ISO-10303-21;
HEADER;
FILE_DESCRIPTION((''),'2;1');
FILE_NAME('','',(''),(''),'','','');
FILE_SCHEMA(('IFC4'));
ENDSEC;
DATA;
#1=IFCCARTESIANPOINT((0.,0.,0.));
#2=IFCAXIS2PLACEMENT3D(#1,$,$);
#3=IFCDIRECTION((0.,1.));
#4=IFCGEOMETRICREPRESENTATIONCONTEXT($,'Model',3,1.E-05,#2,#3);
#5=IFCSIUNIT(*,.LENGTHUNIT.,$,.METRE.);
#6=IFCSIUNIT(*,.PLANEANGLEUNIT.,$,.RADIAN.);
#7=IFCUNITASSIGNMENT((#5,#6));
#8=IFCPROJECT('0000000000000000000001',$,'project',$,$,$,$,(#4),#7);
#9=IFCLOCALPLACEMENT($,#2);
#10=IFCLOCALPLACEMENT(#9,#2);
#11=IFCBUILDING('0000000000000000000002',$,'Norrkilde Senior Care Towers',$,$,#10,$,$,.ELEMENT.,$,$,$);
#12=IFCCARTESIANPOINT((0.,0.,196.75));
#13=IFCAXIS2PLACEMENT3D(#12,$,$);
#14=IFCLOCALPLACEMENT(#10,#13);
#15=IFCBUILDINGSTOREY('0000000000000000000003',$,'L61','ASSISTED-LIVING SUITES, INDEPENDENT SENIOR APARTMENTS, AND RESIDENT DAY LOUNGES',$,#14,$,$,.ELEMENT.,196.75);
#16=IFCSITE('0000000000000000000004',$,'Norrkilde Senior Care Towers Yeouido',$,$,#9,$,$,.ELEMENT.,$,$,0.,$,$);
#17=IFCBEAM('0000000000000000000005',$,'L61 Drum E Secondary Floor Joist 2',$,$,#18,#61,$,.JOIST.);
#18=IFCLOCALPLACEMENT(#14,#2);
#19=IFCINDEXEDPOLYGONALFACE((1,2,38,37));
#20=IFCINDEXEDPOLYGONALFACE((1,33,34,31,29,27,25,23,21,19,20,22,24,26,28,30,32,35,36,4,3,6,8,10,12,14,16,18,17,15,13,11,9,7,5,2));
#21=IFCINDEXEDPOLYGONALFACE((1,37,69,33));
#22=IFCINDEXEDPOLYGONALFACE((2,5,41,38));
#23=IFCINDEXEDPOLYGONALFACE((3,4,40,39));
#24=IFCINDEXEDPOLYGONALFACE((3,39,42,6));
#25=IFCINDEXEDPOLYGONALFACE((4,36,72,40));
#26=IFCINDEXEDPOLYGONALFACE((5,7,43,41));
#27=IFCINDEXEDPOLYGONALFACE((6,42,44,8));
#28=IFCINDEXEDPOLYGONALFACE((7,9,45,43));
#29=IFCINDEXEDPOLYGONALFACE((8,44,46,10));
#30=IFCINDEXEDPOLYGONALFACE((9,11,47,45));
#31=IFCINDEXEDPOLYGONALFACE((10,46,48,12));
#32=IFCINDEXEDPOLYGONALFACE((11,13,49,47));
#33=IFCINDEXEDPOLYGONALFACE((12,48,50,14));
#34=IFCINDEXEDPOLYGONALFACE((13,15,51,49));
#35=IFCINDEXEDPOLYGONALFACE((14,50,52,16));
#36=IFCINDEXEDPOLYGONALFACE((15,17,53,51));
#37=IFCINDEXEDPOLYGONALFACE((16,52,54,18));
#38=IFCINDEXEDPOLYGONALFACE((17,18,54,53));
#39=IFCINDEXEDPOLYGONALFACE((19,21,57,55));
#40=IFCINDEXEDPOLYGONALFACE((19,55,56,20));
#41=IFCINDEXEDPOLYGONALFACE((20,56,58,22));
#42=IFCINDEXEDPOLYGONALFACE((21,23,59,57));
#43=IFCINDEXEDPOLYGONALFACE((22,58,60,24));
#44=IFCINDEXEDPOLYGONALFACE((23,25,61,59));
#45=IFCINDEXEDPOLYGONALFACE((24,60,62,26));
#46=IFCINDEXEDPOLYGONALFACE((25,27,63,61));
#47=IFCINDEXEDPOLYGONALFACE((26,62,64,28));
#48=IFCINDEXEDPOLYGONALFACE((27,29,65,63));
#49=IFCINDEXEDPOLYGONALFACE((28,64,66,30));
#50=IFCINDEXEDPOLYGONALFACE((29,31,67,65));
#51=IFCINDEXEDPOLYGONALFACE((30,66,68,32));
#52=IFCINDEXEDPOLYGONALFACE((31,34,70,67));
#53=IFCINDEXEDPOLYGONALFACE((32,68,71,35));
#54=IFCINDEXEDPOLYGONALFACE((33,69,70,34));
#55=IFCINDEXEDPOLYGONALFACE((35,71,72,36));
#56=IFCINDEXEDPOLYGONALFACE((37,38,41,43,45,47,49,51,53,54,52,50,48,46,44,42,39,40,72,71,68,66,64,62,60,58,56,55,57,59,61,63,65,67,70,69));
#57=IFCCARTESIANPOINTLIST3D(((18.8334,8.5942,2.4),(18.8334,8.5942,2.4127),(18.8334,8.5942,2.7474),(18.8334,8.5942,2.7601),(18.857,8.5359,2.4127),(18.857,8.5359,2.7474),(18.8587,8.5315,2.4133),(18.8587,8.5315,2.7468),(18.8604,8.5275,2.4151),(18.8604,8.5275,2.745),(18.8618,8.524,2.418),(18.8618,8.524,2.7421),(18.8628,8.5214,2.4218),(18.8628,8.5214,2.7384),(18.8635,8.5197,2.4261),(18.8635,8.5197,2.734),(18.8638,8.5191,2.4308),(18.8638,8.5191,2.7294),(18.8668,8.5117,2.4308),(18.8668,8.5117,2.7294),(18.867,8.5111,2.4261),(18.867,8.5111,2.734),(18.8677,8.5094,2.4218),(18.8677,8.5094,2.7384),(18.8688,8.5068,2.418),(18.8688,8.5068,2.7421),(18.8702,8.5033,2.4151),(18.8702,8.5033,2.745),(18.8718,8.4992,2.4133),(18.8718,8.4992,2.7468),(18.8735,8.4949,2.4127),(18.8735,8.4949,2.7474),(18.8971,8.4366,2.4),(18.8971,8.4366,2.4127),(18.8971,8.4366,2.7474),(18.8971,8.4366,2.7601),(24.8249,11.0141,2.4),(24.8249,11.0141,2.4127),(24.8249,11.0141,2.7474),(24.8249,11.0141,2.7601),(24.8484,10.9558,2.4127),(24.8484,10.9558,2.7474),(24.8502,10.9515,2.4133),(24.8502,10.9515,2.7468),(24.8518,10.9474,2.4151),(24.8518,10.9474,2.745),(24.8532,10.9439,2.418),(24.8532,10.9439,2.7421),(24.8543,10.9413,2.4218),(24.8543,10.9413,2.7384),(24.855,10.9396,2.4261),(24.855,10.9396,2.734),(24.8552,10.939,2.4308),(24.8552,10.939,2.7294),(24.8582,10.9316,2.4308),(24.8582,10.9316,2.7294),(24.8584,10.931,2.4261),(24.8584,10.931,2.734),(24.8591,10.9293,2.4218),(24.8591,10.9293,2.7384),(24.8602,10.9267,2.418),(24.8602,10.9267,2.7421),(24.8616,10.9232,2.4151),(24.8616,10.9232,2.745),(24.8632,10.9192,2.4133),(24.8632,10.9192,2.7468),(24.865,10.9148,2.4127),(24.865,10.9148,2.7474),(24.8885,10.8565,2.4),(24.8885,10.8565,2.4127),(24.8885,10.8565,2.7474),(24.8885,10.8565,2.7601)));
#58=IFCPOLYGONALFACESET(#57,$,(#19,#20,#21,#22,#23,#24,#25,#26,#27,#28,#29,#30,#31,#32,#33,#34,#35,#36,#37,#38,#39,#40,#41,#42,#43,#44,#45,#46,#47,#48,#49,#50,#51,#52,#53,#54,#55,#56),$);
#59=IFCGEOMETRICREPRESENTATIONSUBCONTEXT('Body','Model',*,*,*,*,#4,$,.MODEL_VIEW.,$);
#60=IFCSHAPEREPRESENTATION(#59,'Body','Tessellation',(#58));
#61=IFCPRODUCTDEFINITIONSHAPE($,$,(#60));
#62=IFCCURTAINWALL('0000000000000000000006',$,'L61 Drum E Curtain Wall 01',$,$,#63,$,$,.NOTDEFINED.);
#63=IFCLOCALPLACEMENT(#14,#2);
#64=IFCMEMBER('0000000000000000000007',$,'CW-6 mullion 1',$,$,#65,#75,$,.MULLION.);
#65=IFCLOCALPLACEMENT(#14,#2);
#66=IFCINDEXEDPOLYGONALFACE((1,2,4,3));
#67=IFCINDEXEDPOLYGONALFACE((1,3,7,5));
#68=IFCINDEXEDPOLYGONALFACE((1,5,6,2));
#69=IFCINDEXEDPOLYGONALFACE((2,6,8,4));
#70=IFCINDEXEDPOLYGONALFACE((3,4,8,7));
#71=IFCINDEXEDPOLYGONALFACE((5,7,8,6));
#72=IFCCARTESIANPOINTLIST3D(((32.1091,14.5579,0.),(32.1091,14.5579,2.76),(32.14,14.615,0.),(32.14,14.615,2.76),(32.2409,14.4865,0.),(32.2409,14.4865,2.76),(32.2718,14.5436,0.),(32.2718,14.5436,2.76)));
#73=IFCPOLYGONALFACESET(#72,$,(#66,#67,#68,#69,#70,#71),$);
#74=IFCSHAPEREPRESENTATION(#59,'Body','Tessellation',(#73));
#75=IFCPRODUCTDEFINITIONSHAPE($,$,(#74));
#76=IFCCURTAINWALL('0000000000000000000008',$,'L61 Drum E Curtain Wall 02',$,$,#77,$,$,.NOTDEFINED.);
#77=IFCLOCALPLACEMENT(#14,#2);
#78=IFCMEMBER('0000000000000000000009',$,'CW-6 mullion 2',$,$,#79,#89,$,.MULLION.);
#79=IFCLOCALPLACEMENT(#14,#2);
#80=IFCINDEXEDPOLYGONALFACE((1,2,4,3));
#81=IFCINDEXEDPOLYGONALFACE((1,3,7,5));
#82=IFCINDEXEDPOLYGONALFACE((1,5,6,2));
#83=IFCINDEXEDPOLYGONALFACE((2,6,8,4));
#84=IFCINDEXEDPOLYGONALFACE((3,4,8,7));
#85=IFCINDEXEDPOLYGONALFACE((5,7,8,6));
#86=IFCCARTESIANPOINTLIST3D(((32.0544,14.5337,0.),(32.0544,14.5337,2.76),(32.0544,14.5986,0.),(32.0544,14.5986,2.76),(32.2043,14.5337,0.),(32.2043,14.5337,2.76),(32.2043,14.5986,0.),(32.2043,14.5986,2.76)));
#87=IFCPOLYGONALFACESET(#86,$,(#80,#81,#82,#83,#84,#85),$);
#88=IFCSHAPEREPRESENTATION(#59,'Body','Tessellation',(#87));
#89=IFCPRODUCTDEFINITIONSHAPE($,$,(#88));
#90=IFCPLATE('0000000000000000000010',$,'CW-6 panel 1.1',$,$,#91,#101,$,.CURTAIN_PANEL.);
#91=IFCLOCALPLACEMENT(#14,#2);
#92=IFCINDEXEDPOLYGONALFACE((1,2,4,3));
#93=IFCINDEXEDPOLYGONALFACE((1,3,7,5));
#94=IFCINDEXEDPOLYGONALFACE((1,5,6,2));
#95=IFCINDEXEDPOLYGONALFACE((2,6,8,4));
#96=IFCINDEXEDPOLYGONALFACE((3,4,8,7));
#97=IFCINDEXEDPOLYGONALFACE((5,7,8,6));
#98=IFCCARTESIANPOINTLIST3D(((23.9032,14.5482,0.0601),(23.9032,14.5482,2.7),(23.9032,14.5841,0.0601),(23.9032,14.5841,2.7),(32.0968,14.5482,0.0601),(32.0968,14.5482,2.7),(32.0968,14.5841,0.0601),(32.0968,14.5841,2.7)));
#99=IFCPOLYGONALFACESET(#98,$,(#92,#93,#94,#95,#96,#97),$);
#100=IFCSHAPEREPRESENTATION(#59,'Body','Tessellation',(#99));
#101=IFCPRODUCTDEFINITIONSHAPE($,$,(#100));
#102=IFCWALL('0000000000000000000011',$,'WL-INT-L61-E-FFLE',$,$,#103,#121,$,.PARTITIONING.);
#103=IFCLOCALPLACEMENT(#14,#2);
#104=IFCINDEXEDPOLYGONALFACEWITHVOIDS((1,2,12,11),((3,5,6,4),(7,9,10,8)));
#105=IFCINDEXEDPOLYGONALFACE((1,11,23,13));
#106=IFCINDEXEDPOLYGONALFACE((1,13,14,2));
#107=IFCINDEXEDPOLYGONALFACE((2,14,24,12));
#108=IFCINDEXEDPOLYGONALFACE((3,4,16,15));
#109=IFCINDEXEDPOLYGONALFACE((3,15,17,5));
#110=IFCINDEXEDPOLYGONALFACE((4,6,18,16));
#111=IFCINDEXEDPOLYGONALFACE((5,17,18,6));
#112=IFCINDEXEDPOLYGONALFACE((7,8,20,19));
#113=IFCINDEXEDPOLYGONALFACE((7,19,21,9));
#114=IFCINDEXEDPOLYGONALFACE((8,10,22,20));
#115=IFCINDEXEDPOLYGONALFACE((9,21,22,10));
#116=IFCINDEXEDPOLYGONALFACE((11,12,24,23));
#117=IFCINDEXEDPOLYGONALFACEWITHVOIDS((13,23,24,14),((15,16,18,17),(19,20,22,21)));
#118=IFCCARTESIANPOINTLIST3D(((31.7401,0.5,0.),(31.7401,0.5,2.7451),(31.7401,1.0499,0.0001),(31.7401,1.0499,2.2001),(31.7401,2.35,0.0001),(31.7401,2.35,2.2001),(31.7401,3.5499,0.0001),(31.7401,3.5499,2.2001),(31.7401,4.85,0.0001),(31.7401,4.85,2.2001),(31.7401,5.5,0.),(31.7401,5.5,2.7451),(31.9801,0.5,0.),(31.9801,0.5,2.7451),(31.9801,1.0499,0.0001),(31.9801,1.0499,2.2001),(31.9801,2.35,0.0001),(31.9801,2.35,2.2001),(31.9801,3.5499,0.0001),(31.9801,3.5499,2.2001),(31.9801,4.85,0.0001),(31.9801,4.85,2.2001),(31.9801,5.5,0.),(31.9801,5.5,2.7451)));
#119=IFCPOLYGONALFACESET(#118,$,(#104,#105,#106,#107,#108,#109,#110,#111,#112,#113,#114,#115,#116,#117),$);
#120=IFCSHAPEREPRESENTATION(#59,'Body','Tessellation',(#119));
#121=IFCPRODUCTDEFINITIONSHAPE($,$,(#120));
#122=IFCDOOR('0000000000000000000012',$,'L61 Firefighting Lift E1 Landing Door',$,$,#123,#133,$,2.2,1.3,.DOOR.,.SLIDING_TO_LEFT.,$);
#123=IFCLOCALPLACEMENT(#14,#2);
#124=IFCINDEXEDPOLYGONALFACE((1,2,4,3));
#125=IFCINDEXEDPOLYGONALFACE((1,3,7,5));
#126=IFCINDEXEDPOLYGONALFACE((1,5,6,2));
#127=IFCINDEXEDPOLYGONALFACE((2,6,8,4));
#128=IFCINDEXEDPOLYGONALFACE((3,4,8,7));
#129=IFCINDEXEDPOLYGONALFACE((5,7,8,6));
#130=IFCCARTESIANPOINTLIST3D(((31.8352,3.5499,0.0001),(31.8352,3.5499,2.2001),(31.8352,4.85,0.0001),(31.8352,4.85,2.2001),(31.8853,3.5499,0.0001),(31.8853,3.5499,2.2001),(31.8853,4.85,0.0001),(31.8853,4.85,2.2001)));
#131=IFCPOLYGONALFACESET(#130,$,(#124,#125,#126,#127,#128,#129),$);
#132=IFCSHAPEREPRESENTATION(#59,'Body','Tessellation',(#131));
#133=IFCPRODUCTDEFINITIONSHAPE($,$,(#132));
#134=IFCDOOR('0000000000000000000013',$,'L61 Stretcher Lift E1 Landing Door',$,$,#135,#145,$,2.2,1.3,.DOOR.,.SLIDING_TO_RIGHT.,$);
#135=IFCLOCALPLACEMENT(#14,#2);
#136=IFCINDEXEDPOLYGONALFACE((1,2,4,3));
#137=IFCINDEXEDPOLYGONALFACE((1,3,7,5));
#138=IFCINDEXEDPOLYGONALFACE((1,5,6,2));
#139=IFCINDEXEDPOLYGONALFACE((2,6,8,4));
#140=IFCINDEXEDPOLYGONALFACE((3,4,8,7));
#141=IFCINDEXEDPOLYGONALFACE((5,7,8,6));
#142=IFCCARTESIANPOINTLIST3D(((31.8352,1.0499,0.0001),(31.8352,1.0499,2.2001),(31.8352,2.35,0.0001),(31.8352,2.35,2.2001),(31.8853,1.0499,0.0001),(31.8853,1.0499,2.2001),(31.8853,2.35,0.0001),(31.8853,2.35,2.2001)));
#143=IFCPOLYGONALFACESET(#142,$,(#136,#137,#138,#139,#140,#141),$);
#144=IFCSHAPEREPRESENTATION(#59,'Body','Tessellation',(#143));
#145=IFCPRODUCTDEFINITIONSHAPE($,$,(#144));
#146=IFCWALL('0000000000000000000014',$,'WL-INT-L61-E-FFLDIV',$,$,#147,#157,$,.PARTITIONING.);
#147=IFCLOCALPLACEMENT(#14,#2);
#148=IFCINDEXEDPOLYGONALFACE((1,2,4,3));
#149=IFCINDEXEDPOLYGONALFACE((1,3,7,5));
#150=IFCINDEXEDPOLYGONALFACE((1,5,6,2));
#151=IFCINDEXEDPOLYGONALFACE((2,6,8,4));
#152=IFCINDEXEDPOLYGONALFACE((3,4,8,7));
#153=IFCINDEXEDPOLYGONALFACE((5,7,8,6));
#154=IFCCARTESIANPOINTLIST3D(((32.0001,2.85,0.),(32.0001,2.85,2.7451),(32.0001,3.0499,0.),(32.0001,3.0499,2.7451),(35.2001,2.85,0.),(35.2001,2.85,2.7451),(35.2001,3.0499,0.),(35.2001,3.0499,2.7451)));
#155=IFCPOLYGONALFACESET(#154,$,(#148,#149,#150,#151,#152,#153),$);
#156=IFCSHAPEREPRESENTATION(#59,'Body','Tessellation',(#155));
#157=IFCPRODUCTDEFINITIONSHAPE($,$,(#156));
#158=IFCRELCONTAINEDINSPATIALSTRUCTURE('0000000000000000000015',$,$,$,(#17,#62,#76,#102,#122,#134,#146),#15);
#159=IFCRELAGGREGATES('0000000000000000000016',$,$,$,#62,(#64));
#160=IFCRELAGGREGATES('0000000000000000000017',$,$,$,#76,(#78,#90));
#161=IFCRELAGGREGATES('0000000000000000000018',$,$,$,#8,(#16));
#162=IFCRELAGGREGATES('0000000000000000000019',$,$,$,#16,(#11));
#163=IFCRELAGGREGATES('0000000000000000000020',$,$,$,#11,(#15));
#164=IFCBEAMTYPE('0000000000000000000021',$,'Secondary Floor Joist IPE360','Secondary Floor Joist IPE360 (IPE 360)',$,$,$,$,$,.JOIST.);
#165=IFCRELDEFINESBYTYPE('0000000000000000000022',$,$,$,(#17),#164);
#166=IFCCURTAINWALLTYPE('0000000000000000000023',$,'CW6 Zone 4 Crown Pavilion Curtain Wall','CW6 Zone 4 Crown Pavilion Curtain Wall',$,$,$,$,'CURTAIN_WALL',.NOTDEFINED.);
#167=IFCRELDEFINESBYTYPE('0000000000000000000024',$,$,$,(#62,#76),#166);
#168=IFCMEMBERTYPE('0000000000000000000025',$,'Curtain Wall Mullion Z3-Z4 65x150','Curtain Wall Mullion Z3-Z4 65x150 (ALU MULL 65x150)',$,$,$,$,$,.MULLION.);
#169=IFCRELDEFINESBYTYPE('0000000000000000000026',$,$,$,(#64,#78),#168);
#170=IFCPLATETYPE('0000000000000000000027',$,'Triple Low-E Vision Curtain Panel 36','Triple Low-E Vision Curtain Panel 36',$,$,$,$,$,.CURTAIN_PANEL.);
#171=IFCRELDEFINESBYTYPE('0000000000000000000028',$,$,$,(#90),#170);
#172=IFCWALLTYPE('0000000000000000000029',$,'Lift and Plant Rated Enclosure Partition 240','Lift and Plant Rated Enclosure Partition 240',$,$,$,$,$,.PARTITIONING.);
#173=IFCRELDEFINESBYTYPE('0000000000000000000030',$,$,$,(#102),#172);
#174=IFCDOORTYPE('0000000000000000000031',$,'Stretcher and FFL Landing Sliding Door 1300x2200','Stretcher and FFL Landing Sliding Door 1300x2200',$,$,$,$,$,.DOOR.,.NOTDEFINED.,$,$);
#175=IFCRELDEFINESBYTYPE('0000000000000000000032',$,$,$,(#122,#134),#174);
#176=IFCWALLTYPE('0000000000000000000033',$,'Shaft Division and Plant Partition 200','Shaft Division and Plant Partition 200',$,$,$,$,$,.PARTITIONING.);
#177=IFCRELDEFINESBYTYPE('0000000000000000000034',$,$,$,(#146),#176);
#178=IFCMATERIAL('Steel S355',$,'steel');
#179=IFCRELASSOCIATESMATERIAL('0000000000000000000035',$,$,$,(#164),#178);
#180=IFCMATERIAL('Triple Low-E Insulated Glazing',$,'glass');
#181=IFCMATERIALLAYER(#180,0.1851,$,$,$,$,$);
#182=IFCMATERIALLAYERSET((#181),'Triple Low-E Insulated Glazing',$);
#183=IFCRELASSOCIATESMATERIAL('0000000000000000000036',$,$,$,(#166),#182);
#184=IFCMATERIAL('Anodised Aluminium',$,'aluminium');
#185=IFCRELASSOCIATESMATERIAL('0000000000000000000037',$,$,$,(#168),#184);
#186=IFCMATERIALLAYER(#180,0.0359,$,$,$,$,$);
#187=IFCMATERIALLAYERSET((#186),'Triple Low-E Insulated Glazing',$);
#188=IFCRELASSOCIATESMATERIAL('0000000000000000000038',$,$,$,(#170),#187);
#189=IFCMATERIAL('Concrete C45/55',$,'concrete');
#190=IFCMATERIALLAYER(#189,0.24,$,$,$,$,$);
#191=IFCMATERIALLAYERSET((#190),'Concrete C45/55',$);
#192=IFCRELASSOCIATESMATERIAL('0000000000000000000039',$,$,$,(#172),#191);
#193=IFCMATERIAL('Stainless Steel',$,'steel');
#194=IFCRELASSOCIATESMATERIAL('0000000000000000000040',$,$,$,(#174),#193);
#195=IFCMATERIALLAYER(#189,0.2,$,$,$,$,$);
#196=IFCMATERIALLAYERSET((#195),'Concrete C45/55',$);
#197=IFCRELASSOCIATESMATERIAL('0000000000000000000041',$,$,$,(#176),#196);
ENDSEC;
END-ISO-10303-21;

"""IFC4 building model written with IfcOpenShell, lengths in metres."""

from ifc_helpers import new_model, si_unit, direction, frame, frame_2d, origin, origin_2d, place, context, subcontext, project, spatial, rectangle, i_section, extrude, source, transform, mapped, material, layer, layer_set, material_profile, profile_set, type_object, type_shapes, element, fill, aggregate, save


model = new_model("IFC4")

# Units and contexts
model_context = context("Model", 3, precision=1e-05, world=origin(), true_north=direction((0.0, 1.0)))
body_context = subcontext(model_context, "Body", "Model", "MODEL_VIEW")
ifc_project = project(units=[si_unit("LENGTHUNIT", "METRE"), si_unit("PLANEANGLEUNIT", "RADIAN")], contexts=[model_context])

# Site, building, storey
site_placement = place(None, origin())
site = spatial("IfcSite", under=ifc_project, at=site_placement, Name="Norrkilde Senior Care Towers Yeouido", CompositionType="ELEMENT", RefElevation=0.0)
building_placement = place(site_placement, origin())
building = spatial("IfcBuilding", under=site, at=building_placement, Name="Norrkilde Senior Care Towers", CompositionType="ELEMENT")
storey_placement = place(building_placement, frame((0.0, 0.0, 196.75)))
storey = spatial("IfcBuildingStorey", under=building, at=storey_placement, Name="L61", Description="ASSISTED-LIVING SUITES, INDEPENDENT SENIOR APARTMENTS, AND RESIDENT DAY LOUNGES", CompositionType="ELEMENT", Elevation=196.75)

# Beam
ifc_material_1 = material(Name="Steel S355", Category="steel")
ifc_material_profile_1 = material_profile(ifc_material_1, i_section(OverallWidth=0.1699, OverallDepth=0.3601, WebThickness=0.0081, FlangeThickness=0.0127, FilletRadius=0.0181, at=origin_2d()), Name="IPE 360")
ifc_profile_set_1 = profile_set([ifc_material_profile_1], Name="Steel S355")
beam_type_1 = type_object("IfcBeamType", Name="Secondary Floor Joist IPE360", Description="Secondary Floor Joist IPE360 (IPE 360)", PredefinedType="JOIST", material=ifc_profile_set_1)
shared_shape_1 = source(origin(), body_context, "Body", "SweptSolid", [
    extrude(i_section(OverallWidth=0.1699, OverallDepth=0.3601, WebThickness=0.0081, FlangeThickness=0.0127, FilletRadius=0.0181, at=origin_2d()), origin(), (0.0, 0.0, 1.0), 6.4617),
])
type_shapes(beam_type_1, [shared_shape_1])
beam_1_placement = place(storey_placement, frame((24.8567, 10.9353, 2.5801), z_axis=(-0.927226, -0.374502, 0.0), x_axis=(0.374502, -0.927226, 0.0)))
element("IfcBeam", 1, at=beam_1_placement, inside=storey, type_object=beam_type_1, Name="L61 Drum E Secondary Floor Joist 2", PredefinedType="JOIST", context=body_context, shape_type="MappedRepresentation", body=[
    mapped(shared_shape_1, transform((0.0, 0.0, 0.0), x_axis=(1.0, 0.0, 0.0), y_axis=(0.0, 1.0, 0.0), z_axis=(0.0, 0.0, 1.0), scale=1.0)),
])

# Curtain wall, member
ifc_material_2 = material(Name="Triple Low-E Insulated Glazing", Category="glass")
ifc_layer_1 = layer(ifc_material_2, 0.1851)
ifc_layer_set_1 = layer_set([ifc_layer_1], Name="Triple Low-E Insulated Glazing")
curtain_wall_type = type_object("IfcCurtainWallType", Name="CW6 Zone 4 Crown Pavilion Curtain Wall", Description="CW6 Zone 4 Crown Pavilion Curtain Wall", ElementType="CURTAIN_WALL", PredefinedType="NOTDEFINED", material=ifc_layer_set_1)
curtain_wall_1_placement = place(storey_placement, origin())
curtain_wall_1 = element("IfcCurtainWall", 2, at=curtain_wall_1_placement, inside=storey, type_object=curtain_wall_type, Name="L61 Drum E Curtain Wall 01", PredefinedType="NOTDEFINED")
ifc_material_3 = material(Name="Anodised Aluminium", Category="aluminium")
ifc_material_profile_2 = material_profile(ifc_material_3, rectangle(XDim=0.0649, YDim=0.1499, at=origin_2d()), Name="ALU MULL 65x150")
ifc_profile_set_2 = profile_set([ifc_material_profile_2], Name="Anodised Aluminium")
member_type = type_object("IfcMemberType", Name="Curtain Wall Mullion Z3-Z4 65x150", Description="Curtain Wall Mullion Z3-Z4 65x150 (ALU MULL 65x150)", PredefinedType="MULLION", material=ifc_profile_set_2)
shared_shape_2 = source(origin(), body_context, "Body", "SweptSolid", [
    extrude(rectangle(XDim=0.0649, YDim=0.1499, at=origin_2d()), origin(), (0.0, 0.0, 1.0), 2.76),
])
type_shapes(member_type, [shared_shape_2])
member_1_placement = place(storey_placement, frame((32.1904, 14.5508, 0.0), z_axis=(0.0, 0.0, 1.0), x_axis=(0.476133, 0.879373, 0.0)))
member_1 = element("IfcMember", 3, at=member_1_placement, type_object=member_type, Name="CW-6 mullion 1", PredefinedType="MULLION", context=body_context, shape_type="MappedRepresentation", body=[
    mapped(shared_shape_2, transform((0.0, 0.0, 0.0), x_axis=(1.0, 0.0, 0.0), y_axis=(0.0, 1.0, 0.0), z_axis=(0.0, 0.0, 1.0), scale=1.0)),
])
aggregate(curtain_wall_1, [member_1])

# Curtain wall, member, plate
curtain_wall_2_placement = place(storey_placement, origin())
curtain_wall_2 = element("IfcCurtainWall", 4, at=curtain_wall_2_placement, inside=storey, type_object=curtain_wall_type, Name="L61 Drum E Curtain Wall 02", PredefinedType="NOTDEFINED")
member_2_placement = place(storey_placement, frame((32.1294, 14.5662, 0.0), z_axis=(0.0, 0.0, 1.0), x_axis=(0.0, 1.0, 0.0)))
member_2 = element("IfcMember", 5, at=member_2_placement, type_object=member_type, Name="CW-6 mullion 2", PredefinedType="MULLION", context=body_context, shape_type="MappedRepresentation", body=[
    mapped(shared_shape_2, transform((0.0, 0.0, 0.0), x_axis=(1.0, 0.0, 0.0), y_axis=(0.0, 1.0, 0.0), z_axis=(0.0, 0.0, 1.0), scale=1.0)),
])
ifc_layer_2 = layer(ifc_material_2, 0.0359)
ifc_layer_set_2 = layer_set([ifc_layer_2], Name="Triple Low-E Insulated Glazing")
plate_type = type_object("IfcPlateType", Name="Triple Low-E Vision Curtain Panel 36", Description="Triple Low-E Vision Curtain Panel 36", PredefinedType="CURTAIN_PANEL", material=ifc_layer_set_2)
shared_shape_3 = source(origin(), body_context, "Body", "SweptSolid", [
    extrude(rectangle(XDim=8.1936, YDim=0.0359, at=origin_2d()), origin(), (0.0, 0.0, 1.0), 2.6399),
])
type_shapes(plate_type, [shared_shape_3])
plate_placement = place(storey_placement, frame((28.0, 14.5662, 0.0601), z_axis=(0.0, 0.0, 1.0), x_axis=(1.0, 0.0, 0.0)))
plate = element("IfcPlate", 6, at=plate_placement, type_object=plate_type, Name="CW-6 panel 1.1", PredefinedType="CURTAIN_PANEL", context=body_context, shape_type="MappedRepresentation", body=[
    mapped(shared_shape_3, transform((0.0, 0.0, 0.0), x_axis=(1.0, 0.0, 0.0), y_axis=(0.0, 1.0, 0.0), z_axis=(0.0, 0.0, 1.0), scale=1.0)),
])
aggregate(curtain_wall_2, [member_2, plate])

# Shared definitions
ifc_material_4 = material(Name="Concrete C45/55", Category="concrete")

# Wall, openings, doors
ifc_layer_3 = layer(ifc_material_4, 0.24)
ifc_layer_set_3 = layer_set([ifc_layer_3], Name="Concrete C45/55")
wall_type_1 = type_object("IfcWallType", Name="Lift and Plant Rated Enclosure Partition 240", Description="Lift and Plant Rated Enclosure Partition 240", PredefinedType="PARTITIONING", material=ifc_layer_set_3)
shared_shape_4 = source(origin(), body_context, "Body", "SweptSolid", [
    extrude(rectangle(XDim=5.0, YDim=0.24, at=frame_2d((2.5, 0.0))), origin(), (0.0, 0.0, 1.0), 2.7451),
])
type_shapes(wall_type_1, [shared_shape_4])
wall_1_placement = place(storey_placement, frame((31.8601, 0.5, 0.0), z_axis=(0.0, 0.0, 1.0), x_axis=(0.0, 1.0, 0.0)))
wall_1 = element("IfcWall", 7, at=wall_1_placement, inside=storey, type_object=wall_type_1, Name="WL-INT-L61-E-FFLE", PredefinedType="PARTITIONING", context=body_context, shape_type="MappedRepresentation", body=[
    mapped(shared_shape_4, transform((0.0, 0.0, 0.0), x_axis=(1.0, 0.0, 0.0), y_axis=(0.0, 1.0, 0.0), z_axis=(0.0, 0.0, 1.0), scale=1.0)),
])
opening_1_placement = place(wall_1_placement, frame((3.05, 0.0, 0.0)))
opening_1 = element("IfcOpeningElement", 8, at=opening_1_placement, cuts=wall_1, PredefinedType="OPENING", context=body_context, shape_type="SweptSolid", body=[
    extrude(rectangle(XDim=1.3, YDim=2.2, at=frame_2d((0.6499, 1.1001))), frame((0.0, 0.1299, 0.0), z_axis=(0.0, -1.0, 0.0), x_axis=(1.0, 0.0, 0.0)), (0.0, 0.0, 1.0), 0.26),
])
opening_2_placement = place(wall_1_placement, frame((0.55, 0.0, 0.0)))
opening_2 = element("IfcOpeningElement", 9, at=opening_2_placement, cuts=wall_1, PredefinedType="OPENING", context=body_context, shape_type="SweptSolid", body=[
    extrude(rectangle(XDim=1.3, YDim=2.2, at=frame_2d((0.6499, 1.1001))), frame((0.0, 0.1299, 0.0), z_axis=(0.0, -1.0, 0.0), x_axis=(1.0, 0.0, 0.0)), (0.0, 0.0, 1.0), 0.26),
])
ifc_material_5 = material(Name="Stainless Steel", Category="steel")
door_type_1 = type_object("IfcDoorType", Name="Stretcher and FFL Landing Sliding Door 1300x2200", Description="Stretcher and FFL Landing Sliding Door 1300x2200", OperationType="NOTDEFINED", PredefinedType="DOOR", material=ifc_material_5)
shared_shape_5 = source(origin(), body_context, "Body", "SweptSolid", [
    extrude(rectangle(XDim=1.3, YDim=2.2, at=frame_2d((0.6499, 1.1001))), frame((0.0, 0.0249, 0.0), z_axis=(0.0, -1.0, 0.0), x_axis=(1.0, 0.0, 0.0)), (0.0, 0.0, 1.0), 0.05),
])
type_shapes(door_type_1, [shared_shape_5])
door_1_placement = place(opening_1_placement, origin())
door_1 = element("IfcDoor", 10, at=door_1_placement, inside=storey, type_object=door_type_1, Name="L61 Firefighting Lift E1 Landing Door", OperationType="SLIDING_TO_LEFT", OverallHeight=2.2, OverallWidth=1.3, PredefinedType="DOOR", context=body_context, shape_type="MappedRepresentation", body=[
    mapped(shared_shape_5, transform((0.0, 0.0, 0.0), x_axis=(1.0, 0.0, 0.0), y_axis=(0.0, 1.0, 0.0), z_axis=(0.0, 0.0, 1.0), scale=1.0)),
])
fill(opening_1, door_1)
door_2_placement = place(opening_2_placement, origin())
door_2 = element("IfcDoor", 11, at=door_2_placement, inside=storey, type_object=door_type_1, Name="L61 Stretcher Lift E1 Landing Door", OperationType="SLIDING_TO_RIGHT", OverallHeight=2.2, OverallWidth=1.3, PredefinedType="DOOR", context=body_context, shape_type="MappedRepresentation", body=[
    mapped(shared_shape_5, transform((0.0, 0.0, 0.0), x_axis=(1.0, 0.0, 0.0), y_axis=(0.0, 1.0, 0.0), z_axis=(0.0, 0.0, 1.0), scale=1.0)),
])
fill(opening_2, door_2)

# Wall
ifc_layer_4 = layer(ifc_material_4, 0.2)
ifc_layer_set_4 = layer_set([ifc_layer_4], Name="Concrete C45/55")
wall_type_2 = type_object("IfcWallType", Name="Shaft Division and Plant Partition 200", Description="Shaft Division and Plant Partition 200", PredefinedType="PARTITIONING", material=ifc_layer_set_4)
shared_shape_6 = source(origin(), body_context, "Body", "SweptSolid", [
    extrude(rectangle(XDim=3.2, YDim=0.2, at=frame_2d((1.6001, 0.0))), origin(), (0.0, 0.0, 1.0), 2.7451),
])
type_shapes(wall_type_2, [shared_shape_6])
wall_2_placement = place(storey_placement, frame((32.0, 2.95, 0.0), z_axis=(0.0, 0.0, 1.0), x_axis=(1.0, 0.0, 0.0)))
element("IfcWall", 12, at=wall_2_placement, inside=storey, type_object=wall_type_2, Name="WL-INT-L61-E-FFLDIV", PredefinedType="PARTITIONING", context=body_context, shape_type="MappedRepresentation", body=[
    mapped(shared_shape_6, transform((0.0, 0.0, 0.0), x_axis=(1.0, 0.0, 0.0), y_axis=(0.0, 1.0, 0.0), z_axis=(0.0, 0.0, 1.0), scale=1.0)),
])

save(model, "model.ifc")
